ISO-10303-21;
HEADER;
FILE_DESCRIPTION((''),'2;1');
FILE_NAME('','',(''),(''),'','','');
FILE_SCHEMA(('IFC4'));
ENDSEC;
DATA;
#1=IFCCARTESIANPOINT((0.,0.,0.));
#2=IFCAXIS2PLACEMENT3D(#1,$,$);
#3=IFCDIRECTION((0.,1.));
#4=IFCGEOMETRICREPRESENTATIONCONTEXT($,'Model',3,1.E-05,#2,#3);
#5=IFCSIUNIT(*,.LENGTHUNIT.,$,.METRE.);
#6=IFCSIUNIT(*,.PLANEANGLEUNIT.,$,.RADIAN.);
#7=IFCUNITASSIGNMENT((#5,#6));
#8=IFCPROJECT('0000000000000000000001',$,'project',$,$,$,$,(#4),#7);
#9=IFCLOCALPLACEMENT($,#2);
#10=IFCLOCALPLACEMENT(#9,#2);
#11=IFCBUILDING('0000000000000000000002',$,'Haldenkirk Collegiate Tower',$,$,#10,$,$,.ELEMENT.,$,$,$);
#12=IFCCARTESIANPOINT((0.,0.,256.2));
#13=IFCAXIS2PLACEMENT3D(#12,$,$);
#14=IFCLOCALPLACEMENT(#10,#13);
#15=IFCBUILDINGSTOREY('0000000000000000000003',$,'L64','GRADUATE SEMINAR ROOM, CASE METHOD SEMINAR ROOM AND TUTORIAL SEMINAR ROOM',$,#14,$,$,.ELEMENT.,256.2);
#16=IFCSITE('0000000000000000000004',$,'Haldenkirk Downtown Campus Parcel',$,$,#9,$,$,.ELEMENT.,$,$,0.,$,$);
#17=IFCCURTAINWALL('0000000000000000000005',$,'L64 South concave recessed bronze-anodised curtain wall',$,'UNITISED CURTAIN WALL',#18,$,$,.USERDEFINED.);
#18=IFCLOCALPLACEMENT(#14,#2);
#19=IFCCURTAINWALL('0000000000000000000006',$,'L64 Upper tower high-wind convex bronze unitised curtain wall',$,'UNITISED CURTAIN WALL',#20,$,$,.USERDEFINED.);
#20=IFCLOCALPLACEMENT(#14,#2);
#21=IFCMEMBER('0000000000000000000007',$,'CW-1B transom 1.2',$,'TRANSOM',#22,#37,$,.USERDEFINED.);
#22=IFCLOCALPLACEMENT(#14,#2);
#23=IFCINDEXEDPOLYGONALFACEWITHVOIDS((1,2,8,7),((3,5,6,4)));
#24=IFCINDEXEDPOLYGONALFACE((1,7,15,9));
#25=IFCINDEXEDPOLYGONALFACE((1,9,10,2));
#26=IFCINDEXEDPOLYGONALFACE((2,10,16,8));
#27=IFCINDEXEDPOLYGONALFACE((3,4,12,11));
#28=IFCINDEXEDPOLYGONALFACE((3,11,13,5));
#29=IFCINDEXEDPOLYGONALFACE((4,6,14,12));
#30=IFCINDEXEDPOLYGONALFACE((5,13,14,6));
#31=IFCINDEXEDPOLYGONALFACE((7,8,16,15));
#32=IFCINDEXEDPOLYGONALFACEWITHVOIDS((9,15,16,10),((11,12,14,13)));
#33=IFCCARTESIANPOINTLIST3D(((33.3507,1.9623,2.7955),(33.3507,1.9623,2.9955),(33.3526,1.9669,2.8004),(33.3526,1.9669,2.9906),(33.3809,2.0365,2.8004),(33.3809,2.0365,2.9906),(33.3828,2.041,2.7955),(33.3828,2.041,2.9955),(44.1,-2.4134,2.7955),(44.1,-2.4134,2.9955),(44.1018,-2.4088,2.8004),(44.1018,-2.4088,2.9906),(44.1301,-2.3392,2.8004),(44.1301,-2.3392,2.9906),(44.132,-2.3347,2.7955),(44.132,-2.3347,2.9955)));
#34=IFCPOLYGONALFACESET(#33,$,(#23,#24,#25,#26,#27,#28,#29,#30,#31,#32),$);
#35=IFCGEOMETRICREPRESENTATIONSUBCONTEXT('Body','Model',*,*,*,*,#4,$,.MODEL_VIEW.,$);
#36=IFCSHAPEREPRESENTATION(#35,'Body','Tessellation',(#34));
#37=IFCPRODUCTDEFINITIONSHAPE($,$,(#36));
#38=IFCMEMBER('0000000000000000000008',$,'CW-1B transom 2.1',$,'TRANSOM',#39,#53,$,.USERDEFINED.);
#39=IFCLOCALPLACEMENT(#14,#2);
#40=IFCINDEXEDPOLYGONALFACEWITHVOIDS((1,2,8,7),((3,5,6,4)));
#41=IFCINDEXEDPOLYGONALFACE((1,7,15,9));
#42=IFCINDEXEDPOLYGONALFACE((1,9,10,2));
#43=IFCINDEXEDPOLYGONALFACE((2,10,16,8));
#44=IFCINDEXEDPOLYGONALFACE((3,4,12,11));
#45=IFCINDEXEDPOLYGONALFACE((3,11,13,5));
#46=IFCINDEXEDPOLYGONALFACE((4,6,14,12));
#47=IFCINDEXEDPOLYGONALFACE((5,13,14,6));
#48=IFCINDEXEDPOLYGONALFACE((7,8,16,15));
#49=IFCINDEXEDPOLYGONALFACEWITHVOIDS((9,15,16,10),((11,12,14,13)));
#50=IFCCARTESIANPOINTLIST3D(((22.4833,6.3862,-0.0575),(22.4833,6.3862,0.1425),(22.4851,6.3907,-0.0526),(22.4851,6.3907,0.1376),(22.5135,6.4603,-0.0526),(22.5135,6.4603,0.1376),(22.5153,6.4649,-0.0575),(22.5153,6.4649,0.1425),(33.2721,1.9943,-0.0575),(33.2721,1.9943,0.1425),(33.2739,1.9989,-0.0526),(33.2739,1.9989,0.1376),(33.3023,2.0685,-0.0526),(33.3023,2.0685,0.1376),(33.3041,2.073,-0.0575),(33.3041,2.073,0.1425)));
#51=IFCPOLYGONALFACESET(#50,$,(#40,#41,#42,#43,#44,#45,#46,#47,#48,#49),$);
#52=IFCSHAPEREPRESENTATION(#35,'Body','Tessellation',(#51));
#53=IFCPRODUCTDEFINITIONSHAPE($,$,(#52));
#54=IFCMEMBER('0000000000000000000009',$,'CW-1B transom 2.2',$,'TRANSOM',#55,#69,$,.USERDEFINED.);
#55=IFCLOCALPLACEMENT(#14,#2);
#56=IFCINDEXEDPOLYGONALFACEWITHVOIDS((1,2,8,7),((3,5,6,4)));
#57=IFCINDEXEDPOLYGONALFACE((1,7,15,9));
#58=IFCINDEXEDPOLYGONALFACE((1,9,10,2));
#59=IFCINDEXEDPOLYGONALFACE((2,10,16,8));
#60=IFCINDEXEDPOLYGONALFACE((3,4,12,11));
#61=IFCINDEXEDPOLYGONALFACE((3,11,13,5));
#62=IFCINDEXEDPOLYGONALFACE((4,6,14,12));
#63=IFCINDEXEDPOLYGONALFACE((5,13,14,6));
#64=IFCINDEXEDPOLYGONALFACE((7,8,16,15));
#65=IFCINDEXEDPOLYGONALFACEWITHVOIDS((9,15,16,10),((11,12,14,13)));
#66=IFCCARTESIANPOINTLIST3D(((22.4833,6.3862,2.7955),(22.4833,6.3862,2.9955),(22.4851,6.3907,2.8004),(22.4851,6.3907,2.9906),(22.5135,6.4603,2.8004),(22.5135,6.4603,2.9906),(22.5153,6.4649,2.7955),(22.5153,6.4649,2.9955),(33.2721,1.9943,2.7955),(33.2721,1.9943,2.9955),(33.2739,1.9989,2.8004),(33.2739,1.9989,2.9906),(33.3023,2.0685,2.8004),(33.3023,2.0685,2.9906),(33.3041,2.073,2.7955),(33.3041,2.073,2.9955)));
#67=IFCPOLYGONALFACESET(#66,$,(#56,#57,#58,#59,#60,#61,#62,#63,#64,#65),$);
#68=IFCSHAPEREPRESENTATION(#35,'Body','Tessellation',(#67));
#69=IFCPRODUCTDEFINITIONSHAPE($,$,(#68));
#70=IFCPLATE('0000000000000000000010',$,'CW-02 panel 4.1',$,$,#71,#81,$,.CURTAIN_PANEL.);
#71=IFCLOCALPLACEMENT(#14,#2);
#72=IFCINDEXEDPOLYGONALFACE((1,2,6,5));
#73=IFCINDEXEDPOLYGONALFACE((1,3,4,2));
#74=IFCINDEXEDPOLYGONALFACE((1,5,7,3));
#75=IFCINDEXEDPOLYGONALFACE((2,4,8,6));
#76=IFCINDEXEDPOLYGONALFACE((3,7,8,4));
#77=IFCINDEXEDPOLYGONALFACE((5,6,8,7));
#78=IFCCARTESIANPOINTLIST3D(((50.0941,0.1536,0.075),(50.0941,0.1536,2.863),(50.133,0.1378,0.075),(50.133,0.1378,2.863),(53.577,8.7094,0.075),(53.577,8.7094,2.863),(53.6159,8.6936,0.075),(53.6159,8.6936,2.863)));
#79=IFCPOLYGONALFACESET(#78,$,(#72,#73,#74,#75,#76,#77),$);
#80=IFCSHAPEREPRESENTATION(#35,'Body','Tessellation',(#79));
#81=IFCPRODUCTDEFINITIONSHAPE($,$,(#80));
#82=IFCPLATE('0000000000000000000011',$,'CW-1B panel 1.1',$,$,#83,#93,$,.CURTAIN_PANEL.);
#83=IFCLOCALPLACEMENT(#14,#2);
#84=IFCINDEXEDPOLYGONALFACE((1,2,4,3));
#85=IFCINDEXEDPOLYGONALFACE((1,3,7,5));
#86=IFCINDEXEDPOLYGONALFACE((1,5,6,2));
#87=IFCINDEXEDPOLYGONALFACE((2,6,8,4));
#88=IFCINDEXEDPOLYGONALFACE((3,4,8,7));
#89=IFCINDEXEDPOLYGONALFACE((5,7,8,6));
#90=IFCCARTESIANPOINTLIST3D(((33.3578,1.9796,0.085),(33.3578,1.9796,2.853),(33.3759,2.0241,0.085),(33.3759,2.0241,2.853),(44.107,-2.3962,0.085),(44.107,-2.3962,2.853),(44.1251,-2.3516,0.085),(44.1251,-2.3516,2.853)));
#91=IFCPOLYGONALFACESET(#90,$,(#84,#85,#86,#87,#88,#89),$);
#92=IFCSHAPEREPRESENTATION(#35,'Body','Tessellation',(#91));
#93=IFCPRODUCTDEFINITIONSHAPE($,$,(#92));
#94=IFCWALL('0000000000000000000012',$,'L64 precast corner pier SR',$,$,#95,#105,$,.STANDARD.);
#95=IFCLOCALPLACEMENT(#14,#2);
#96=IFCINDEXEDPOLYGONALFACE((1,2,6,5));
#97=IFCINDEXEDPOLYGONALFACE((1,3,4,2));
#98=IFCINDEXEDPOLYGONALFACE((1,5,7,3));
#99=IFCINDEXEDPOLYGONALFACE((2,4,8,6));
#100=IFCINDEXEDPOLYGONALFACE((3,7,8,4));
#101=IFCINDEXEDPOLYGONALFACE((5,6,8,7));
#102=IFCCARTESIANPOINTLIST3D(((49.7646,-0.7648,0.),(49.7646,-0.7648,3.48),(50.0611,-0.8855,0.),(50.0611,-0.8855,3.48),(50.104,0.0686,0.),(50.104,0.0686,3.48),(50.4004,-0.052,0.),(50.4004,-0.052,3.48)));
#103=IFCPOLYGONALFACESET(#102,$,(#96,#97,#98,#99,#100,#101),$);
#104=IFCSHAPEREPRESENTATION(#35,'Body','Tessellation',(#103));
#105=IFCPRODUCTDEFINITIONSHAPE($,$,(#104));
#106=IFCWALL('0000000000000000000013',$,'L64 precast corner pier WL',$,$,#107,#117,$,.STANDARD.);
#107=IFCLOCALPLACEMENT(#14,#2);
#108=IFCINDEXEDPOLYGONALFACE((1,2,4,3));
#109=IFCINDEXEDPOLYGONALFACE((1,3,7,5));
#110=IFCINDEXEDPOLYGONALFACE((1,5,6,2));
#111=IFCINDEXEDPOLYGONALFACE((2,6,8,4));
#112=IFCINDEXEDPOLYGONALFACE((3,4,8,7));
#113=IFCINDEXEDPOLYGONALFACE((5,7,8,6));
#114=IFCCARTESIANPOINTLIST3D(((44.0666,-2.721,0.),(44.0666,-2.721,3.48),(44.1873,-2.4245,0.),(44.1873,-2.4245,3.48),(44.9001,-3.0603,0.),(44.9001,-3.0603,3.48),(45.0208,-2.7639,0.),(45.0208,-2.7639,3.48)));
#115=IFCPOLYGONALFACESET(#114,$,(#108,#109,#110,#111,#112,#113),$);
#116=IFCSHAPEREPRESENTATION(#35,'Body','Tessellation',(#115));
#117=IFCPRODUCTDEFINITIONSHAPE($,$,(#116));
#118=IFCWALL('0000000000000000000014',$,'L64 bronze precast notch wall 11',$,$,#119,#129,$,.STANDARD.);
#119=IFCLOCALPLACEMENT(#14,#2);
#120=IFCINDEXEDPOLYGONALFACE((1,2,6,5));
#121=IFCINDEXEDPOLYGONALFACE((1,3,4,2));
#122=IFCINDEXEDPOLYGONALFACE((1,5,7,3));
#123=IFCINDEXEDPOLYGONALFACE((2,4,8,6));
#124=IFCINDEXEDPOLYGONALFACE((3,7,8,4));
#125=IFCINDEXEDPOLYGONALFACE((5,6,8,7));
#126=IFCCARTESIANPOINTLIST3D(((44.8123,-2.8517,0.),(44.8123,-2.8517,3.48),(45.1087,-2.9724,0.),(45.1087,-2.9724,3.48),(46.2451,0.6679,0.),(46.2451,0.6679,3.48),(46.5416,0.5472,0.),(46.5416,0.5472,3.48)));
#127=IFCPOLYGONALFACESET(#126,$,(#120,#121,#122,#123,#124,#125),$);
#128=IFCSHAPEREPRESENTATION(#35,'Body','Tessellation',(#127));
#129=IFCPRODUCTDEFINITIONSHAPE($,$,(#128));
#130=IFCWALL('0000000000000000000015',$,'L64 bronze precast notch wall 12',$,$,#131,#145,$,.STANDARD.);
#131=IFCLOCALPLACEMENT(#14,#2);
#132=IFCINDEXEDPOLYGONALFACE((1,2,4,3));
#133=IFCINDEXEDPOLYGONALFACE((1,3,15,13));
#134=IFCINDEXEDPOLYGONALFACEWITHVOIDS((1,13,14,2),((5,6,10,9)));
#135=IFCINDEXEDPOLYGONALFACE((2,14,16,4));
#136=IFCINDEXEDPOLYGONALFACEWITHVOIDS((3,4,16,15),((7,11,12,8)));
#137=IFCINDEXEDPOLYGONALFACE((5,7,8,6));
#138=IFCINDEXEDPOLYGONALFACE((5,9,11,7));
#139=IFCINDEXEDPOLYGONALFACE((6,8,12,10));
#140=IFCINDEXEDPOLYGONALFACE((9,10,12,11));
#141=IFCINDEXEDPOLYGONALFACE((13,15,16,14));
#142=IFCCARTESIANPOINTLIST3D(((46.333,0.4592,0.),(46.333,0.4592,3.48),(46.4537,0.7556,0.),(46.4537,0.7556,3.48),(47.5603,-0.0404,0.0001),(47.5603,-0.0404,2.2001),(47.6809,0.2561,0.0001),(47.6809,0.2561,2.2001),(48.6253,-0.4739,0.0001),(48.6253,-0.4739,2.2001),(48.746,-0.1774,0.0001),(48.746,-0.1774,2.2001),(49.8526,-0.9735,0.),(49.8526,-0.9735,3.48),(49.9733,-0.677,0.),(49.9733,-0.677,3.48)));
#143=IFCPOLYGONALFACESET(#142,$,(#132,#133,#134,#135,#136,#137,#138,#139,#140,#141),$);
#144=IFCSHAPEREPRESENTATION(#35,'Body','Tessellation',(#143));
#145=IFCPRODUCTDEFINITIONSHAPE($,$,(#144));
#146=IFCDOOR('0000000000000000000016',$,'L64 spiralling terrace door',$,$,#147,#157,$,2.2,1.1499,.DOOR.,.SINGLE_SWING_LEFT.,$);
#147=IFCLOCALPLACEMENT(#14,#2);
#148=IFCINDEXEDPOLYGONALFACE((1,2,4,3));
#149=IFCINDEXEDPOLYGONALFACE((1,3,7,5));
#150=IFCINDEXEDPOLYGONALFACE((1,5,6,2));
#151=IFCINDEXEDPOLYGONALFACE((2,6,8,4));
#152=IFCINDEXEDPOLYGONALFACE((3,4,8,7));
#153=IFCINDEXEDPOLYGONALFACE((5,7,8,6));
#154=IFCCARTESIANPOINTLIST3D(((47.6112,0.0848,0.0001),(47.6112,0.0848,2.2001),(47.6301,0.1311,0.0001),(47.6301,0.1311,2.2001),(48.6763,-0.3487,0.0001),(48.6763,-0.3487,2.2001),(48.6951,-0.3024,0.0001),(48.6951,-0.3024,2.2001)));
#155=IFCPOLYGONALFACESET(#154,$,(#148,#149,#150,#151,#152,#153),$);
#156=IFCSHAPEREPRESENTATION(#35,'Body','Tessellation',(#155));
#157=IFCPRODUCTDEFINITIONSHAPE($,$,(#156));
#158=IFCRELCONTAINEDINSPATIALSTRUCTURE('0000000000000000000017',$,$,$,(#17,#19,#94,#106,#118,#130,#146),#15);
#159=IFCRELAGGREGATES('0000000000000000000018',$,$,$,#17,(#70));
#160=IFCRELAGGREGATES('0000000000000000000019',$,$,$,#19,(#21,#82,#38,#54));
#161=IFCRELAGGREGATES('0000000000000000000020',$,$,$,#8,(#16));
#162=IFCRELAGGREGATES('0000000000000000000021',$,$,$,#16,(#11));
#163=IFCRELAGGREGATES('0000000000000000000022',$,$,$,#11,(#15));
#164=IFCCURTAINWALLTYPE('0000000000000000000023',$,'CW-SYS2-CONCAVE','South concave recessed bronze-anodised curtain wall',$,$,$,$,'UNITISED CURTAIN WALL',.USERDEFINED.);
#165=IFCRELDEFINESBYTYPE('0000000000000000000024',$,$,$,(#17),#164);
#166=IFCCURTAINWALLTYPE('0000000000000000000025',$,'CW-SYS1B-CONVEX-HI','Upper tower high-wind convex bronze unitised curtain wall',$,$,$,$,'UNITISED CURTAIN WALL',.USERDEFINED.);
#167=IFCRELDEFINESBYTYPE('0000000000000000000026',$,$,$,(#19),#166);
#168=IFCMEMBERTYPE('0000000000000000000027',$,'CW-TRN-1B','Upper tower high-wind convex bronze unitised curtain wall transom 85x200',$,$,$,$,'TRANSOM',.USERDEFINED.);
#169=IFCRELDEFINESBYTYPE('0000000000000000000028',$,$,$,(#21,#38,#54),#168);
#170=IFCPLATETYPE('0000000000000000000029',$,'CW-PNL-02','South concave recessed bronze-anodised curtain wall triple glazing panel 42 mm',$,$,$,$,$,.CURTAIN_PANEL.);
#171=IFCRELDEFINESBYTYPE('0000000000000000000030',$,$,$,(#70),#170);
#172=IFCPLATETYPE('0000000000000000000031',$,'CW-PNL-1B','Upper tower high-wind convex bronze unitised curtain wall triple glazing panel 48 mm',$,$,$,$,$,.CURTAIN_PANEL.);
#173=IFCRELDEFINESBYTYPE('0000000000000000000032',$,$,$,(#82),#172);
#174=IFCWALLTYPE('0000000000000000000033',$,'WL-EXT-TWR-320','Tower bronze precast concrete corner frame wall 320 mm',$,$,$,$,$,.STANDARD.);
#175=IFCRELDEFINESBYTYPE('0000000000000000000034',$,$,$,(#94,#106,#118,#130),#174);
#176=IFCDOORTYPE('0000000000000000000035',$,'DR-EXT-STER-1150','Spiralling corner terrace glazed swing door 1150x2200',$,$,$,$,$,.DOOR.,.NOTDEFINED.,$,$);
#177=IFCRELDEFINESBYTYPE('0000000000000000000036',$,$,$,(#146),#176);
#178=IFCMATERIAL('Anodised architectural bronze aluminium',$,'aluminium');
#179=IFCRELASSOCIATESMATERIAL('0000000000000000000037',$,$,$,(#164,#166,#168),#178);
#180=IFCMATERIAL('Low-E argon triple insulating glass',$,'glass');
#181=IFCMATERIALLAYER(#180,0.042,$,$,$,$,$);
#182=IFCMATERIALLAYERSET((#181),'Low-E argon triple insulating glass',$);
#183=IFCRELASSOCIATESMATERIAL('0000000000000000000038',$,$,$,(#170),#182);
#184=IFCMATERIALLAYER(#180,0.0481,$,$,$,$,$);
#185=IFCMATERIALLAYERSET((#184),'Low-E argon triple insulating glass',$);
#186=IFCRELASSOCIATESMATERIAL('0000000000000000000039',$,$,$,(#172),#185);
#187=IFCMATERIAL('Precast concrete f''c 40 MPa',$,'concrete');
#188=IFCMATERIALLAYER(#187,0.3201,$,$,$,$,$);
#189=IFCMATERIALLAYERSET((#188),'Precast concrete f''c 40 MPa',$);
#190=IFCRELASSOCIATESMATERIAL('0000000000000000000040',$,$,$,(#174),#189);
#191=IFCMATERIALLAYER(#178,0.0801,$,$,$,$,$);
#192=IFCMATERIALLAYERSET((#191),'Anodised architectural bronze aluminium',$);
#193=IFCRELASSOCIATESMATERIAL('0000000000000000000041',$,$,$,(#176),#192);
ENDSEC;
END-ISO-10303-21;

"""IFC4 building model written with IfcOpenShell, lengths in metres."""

from ifc_helpers import new_model, si_unit, direction, frame, frame_2d, origin, origin_2d, place, context, subcontext, project, spatial, rectangle, hollow_rectangle, extrude, source, transform, mapped, material, layer, layer_set, material_profile, profile_set, type_object, element, fill, aggregate, save


model = new_model("IFC4")

# Units and contexts
model_context = context("Model", 3, precision=1e-05, world=origin(), true_north=direction((0.0, 1.0)))
body_context = subcontext(model_context, "Body", "Model", "MODEL_VIEW")
ifc_project = project(units=[si_unit("LENGTHUNIT", "METRE"), si_unit("PLANEANGLEUNIT", "RADIAN")], contexts=[model_context])

# Site, building, storey
site_placement = place(None, origin())
site = spatial("IfcSite", under=ifc_project, at=site_placement, Name="Haldenkirk Downtown Campus Parcel", CompositionType="ELEMENT", RefElevation=0.0)
building_placement = place(site_placement, origin())
building = spatial("IfcBuilding", under=site, at=building_placement, Name="Haldenkirk Collegiate Tower", CompositionType="ELEMENT")
storey_placement = place(building_placement, frame((0.0, 0.0, 256.2)))
storey = spatial("IfcBuildingStorey", under=building, at=storey_placement, Name="L64", Description="GRADUATE SEMINAR ROOM, CASE METHOD SEMINAR ROOM AND TUTORIAL SEMINAR ROOM", CompositionType="ELEMENT", Elevation=256.2)

# Curtain walls
ifc_material_1 = material(Name="Anodised architectural bronze aluminium", Category="aluminium")
curtain_wall_type_1 = type_object("IfcCurtainWallType", Name="CW-SYS2-CONCAVE", Description="South concave recessed bronze-anodised curtain wall", ElementType="UNITISED CURTAIN WALL", PredefinedType="USERDEFINED", material=ifc_material_1)
curtain_wall_1_placement = place(storey_placement, origin())
curtain_wall_1 = element("IfcCurtainWall", 1, at=curtain_wall_1_placement, inside=storey, type_object=curtain_wall_type_1, Name="L64 South concave recessed bronze-anodised curtain wall", ObjectType="UNITISED CURTAIN WALL", PredefinedType="USERDEFINED")
curtain_wall_type_2 = type_object("IfcCurtainWallType", Name="CW-SYS1B-CONVEX-HI", Description="Upper tower high-wind convex bronze unitised curtain wall", ElementType="UNITISED CURTAIN WALL", PredefinedType="USERDEFINED", material=ifc_material_1)
curtain_wall_2_placement = place(storey_placement, origin())
curtain_wall_2 = element("IfcCurtainWall", 2, at=curtain_wall_2_placement, inside=storey, type_object=curtain_wall_type_2, Name="L64 Upper tower high-wind convex bronze unitised curtain wall", ObjectType="UNITISED CURTAIN WALL", PredefinedType="USERDEFINED")

# Members
ifc_material_profile_1 = material_profile(ifc_material_1, hollow_rectangle(XDim=0.085, YDim=0.2, WallThickness=0.0049, at=origin_2d()), Name="CW-TRN-1B")
ifc_profile_set_1 = profile_set([ifc_material_profile_1], Name="Anodised architectural bronze aluminium")
member_type_1 = type_object("IfcMemberType", Name="CW-TRN-1B", Description="Upper tower high-wind convex bronze unitised curtain wall transom 85x200", ElementType="TRANSOM", PredefinedType="USERDEFINED", material=ifc_profile_set_1)
member_1_placement = place(storey_placement, frame((44.116, -2.374, 2.8955), z_axis=(-0.926201, 0.377031, 0.0), x_axis=(-0.377031, -0.926201, 0.0)))
member_1 = element("IfcMember", 3, at=member_1_placement, type_object=member_type_1, Name="CW-1B transom 1.2", ObjectType="TRANSOM", PredefinedType="USERDEFINED", context=body_context, shape_type="SweptSolid", body=[
    extrude(hollow_rectangle(XDim=0.085, YDim=0.2, WallThickness=0.0049, at=origin_2d()), origin(), (0.0, 0.0, 1.0), 11.6057),
])
member_2_placement = place(storey_placement, frame((33.2881, 2.0337, 0.0425), z_axis=(-0.9262, 0.377032, 0.0), x_axis=(-0.377032, -0.9262, 0.0)))
member_2 = element("IfcMember", 4, at=member_2_placement, type_object=member_type_1, Name="CW-1B transom 2.1", ObjectType="TRANSOM", PredefinedType="USERDEFINED", context=body_context, shape_type="SweptSolid", body=[
    extrude(hollow_rectangle(XDim=0.085, YDim=0.2, WallThickness=0.0049, at=origin_2d()), origin(), (0.0, 0.0, 1.0), 11.6484),
])
member_3_placement = place(storey_placement, frame((33.2881, 2.0337, 2.8955), z_axis=(-0.9262, 0.377032, 0.0), x_axis=(-0.377032, -0.9262, 0.0)))
member_3 = element("IfcMember", 5, at=member_3_placement, type_object=member_type_1, Name="CW-1B transom 2.2", ObjectType="TRANSOM", PredefinedType="USERDEFINED", context=body_context, shape_type="SweptSolid", body=[
    extrude(hollow_rectangle(XDim=0.085, YDim=0.2, WallThickness=0.0049, at=origin_2d()), origin(), (0.0, 0.0, 1.0), 11.6484),
])

# Plates
ifc_material_2 = material(Name="Low-E argon triple insulating glass", Category="glass")
ifc_layer_1 = layer(ifc_material_2, 0.042)
ifc_layer_set_1 = layer_set([ifc_layer_1], Name="Low-E argon triple insulating glass")
plate_type_1 = type_object("IfcPlateType", Name="CW-PNL-02", Description="South concave recessed bronze-anodised curtain wall triple glazing panel 42 mm", PredefinedType="CURTAIN_PANEL", material=ifc_layer_set_1)
shared_shape_1 = source(origin(), body_context, "Body", "SweptSolid", [
    extrude(rectangle(XDim=9.2375, YDim=0.042, at=origin_2d()), origin(), (0.0, 0.0, 1.0), 2.7881),
])
plate_1_placement = place(storey_placement, frame((51.855, 4.4236, 0.075), z_axis=(0.0, 0.0, 1.0), x_axis=(-0.377032, -0.9262, 0.0)))
plate_1 = element("IfcPlate", 6, at=plate_1_placement, type_object=plate_type_1, Name="CW-02 panel 4.1", PredefinedType="CURTAIN_PANEL", context=body_context, shape_type="MappedRepresentation", body=[
    mapped(shared_shape_1, transform((0.0, 0.0, 0.0), x_axis=(1.0, 0.0, 0.0), y_axis=(0.0, 1.0, 0.0), z_axis=(0.0, 0.0, 1.0), scale=1.0)),
])
aggregate(curtain_wall_1, [plate_1])
ifc_layer_2 = layer(ifc_material_2, 0.0481)
ifc_layer_set_2 = layer_set([ifc_layer_2], Name="Low-E argon triple insulating glass")
plate_type_2 = type_object("IfcPlateType", Name="CW-PNL-1B", Description="Upper tower high-wind convex bronze unitised curtain wall triple glazing panel 48 mm", PredefinedType="CURTAIN_PANEL", material=ifc_layer_set_2)
shared_shape_2 = source(origin(), body_context, "Body", "SweptSolid", [
    extrude(rectangle(XDim=11.6057, YDim=0.0481, at=origin_2d()), origin(), (0.0, 0.0, 1.0), 2.7681),
])
plate_2_placement = place(storey_placement, frame((38.7415, -0.186, 0.085), z_axis=(0.0, 0.0, 1.0), x_axis=(-0.926199, 0.377034, 0.0)))
plate_2 = element("IfcPlate", 7, at=plate_2_placement, type_object=plate_type_2, Name="CW-1B panel 1.1", PredefinedType="CURTAIN_PANEL", context=body_context, shape_type="MappedRepresentation", body=[
    mapped(shared_shape_2, transform((0.0, 0.0, 0.0), x_axis=(1.0, 0.0, 0.0), y_axis=(0.0, 1.0, 0.0), z_axis=(0.0, 0.0, 1.0), scale=1.0)),
])
aggregate(curtain_wall_2, [member_1, plate_2, member_2, member_3])

# Walls
ifc_material_3 = material(Name="Precast concrete f'c 40 MPa", Category="concrete")
ifc_layer_3 = layer(ifc_material_3, 0.3201)
ifc_layer_set_3 = layer_set([ifc_layer_3], Name="Precast concrete f'c 40 MPa")
wall_type_1 = type_object("IfcWallType", Name="WL-EXT-TWR-320", Description="Tower bronze precast concrete corner frame wall 320 mm", PredefinedType="STANDARD", material=ifc_layer_set_3)
for number, where, z_axis, x_axis, name in (
    (8, (50.2522, 0.0083, 0.0), (0.0, 0.0, 1.0), (-0.37709, -0.926177, 0.0), "L64 precast corner pier SR"),
    (9, (44.9604, -2.9121, 0.0), (0.0, 0.0, 1.0), (-0.926177, 0.37709, 0.0), "L64 precast corner pier WL"),
):
    element("IfcWall", number, at=place(storey_placement, frame(where, z_axis=z_axis, x_axis=x_axis)), inside=storey, type_object=wall_type_1, Name=name, PredefinedType="STANDARD", context=body_context, shape_type="SweptSolid", body=[
        extrude(rectangle(XDim=0.8999, YDim=0.3201, at=frame_2d((0.45, 0.0))), origin(), (0.0, 0.0, 1.0), 3.48),
    ])
wall_1_placement = place(storey_placement, frame((46.3933, 0.6074, 0.0), z_axis=(0.0, 0.0, 1.0), x_axis=(-0.377066, -0.926186, 0.0)))
element("IfcWall", 10, at=wall_1_placement, inside=storey, type_object=wall_type_1, Name="L64 bronze precast notch wall 11", PredefinedType="STANDARD", context=body_context, shape_type="SweptSolid", body=[
    extrude(rectangle(XDim=3.8, YDim=0.3201, at=frame_2d((1.8999, 0.0))), origin(), (0.0, 0.0, 1.0), 3.48),
])

# Wall, opening, door
wall_2_placement = place(storey_placement, frame((49.9128, -0.8252, 0.0), z_axis=(0.0, 0.0, 1.0), x_axis=(-0.926209, 0.377011, 0.0)))
wall_2 = element("IfcWall", 11, at=wall_2_placement, inside=storey, type_object=wall_type_1, Name="L64 bronze precast notch wall 12", PredefinedType="STANDARD", context=body_context, shape_type="SweptSolid", body=[
    extrude(rectangle(XDim=3.8, YDim=0.3201, at=frame_2d((1.8999, 0.0))), origin(), (0.0, 0.0, 1.0), 3.48),
])
opening_1_placement = place(wall_2_placement, frame((1.325, 0.0, 0.0)))
opening_1 = element("IfcOpeningElement", 12, at=opening_1_placement, cuts=wall_2, PredefinedType="OPENING", context=body_context, shape_type="SweptSolid", body=[
    extrude(rectangle(XDim=1.1499, YDim=2.2, at=frame_2d((0.575, 1.1001))), frame((0.0, 0.1699, 0.0), z_axis=(0.0, -1.0, 0.0), x_axis=(1.0, 0.0, 0.0)), (0.0, 0.0, 1.0), 0.3401),
])
ifc_layer_4 = layer(ifc_material_1, 0.0801)
ifc_layer_set_4 = layer_set([ifc_layer_4], Name="Anodised architectural bronze aluminium")
door_type_1 = type_object("IfcDoorType", Name="DR-EXT-STER-1150", Description="Spiralling corner terrace glazed swing door 1150x2200", OperationType="NOTDEFINED", PredefinedType="DOOR", material=ifc_layer_set_4)
door_1_placement = place(opening_1_placement, origin())
door_1 = element("IfcDoor", 13, at=door_1_placement, inside=storey, type_object=door_type_1, Name="L64 spiralling terrace door", OperationType="SINGLE_SWING_LEFT", OverallHeight=2.2, OverallWidth=1.1499, PredefinedType="DOOR", context=body_context, shape_type="SweptSolid", body=[
    extrude(rectangle(XDim=1.1499, YDim=2.2, at=frame_2d((0.575, 1.1001))), frame((0.0, 0.0249, 0.0), z_axis=(0.0, -1.0, 0.0), x_axis=(1.0, 0.0, 0.0)), (0.0, 0.0, 1.0), 0.05),
])
fill(opening_1, door_1)

save(model, "model.ifc")
